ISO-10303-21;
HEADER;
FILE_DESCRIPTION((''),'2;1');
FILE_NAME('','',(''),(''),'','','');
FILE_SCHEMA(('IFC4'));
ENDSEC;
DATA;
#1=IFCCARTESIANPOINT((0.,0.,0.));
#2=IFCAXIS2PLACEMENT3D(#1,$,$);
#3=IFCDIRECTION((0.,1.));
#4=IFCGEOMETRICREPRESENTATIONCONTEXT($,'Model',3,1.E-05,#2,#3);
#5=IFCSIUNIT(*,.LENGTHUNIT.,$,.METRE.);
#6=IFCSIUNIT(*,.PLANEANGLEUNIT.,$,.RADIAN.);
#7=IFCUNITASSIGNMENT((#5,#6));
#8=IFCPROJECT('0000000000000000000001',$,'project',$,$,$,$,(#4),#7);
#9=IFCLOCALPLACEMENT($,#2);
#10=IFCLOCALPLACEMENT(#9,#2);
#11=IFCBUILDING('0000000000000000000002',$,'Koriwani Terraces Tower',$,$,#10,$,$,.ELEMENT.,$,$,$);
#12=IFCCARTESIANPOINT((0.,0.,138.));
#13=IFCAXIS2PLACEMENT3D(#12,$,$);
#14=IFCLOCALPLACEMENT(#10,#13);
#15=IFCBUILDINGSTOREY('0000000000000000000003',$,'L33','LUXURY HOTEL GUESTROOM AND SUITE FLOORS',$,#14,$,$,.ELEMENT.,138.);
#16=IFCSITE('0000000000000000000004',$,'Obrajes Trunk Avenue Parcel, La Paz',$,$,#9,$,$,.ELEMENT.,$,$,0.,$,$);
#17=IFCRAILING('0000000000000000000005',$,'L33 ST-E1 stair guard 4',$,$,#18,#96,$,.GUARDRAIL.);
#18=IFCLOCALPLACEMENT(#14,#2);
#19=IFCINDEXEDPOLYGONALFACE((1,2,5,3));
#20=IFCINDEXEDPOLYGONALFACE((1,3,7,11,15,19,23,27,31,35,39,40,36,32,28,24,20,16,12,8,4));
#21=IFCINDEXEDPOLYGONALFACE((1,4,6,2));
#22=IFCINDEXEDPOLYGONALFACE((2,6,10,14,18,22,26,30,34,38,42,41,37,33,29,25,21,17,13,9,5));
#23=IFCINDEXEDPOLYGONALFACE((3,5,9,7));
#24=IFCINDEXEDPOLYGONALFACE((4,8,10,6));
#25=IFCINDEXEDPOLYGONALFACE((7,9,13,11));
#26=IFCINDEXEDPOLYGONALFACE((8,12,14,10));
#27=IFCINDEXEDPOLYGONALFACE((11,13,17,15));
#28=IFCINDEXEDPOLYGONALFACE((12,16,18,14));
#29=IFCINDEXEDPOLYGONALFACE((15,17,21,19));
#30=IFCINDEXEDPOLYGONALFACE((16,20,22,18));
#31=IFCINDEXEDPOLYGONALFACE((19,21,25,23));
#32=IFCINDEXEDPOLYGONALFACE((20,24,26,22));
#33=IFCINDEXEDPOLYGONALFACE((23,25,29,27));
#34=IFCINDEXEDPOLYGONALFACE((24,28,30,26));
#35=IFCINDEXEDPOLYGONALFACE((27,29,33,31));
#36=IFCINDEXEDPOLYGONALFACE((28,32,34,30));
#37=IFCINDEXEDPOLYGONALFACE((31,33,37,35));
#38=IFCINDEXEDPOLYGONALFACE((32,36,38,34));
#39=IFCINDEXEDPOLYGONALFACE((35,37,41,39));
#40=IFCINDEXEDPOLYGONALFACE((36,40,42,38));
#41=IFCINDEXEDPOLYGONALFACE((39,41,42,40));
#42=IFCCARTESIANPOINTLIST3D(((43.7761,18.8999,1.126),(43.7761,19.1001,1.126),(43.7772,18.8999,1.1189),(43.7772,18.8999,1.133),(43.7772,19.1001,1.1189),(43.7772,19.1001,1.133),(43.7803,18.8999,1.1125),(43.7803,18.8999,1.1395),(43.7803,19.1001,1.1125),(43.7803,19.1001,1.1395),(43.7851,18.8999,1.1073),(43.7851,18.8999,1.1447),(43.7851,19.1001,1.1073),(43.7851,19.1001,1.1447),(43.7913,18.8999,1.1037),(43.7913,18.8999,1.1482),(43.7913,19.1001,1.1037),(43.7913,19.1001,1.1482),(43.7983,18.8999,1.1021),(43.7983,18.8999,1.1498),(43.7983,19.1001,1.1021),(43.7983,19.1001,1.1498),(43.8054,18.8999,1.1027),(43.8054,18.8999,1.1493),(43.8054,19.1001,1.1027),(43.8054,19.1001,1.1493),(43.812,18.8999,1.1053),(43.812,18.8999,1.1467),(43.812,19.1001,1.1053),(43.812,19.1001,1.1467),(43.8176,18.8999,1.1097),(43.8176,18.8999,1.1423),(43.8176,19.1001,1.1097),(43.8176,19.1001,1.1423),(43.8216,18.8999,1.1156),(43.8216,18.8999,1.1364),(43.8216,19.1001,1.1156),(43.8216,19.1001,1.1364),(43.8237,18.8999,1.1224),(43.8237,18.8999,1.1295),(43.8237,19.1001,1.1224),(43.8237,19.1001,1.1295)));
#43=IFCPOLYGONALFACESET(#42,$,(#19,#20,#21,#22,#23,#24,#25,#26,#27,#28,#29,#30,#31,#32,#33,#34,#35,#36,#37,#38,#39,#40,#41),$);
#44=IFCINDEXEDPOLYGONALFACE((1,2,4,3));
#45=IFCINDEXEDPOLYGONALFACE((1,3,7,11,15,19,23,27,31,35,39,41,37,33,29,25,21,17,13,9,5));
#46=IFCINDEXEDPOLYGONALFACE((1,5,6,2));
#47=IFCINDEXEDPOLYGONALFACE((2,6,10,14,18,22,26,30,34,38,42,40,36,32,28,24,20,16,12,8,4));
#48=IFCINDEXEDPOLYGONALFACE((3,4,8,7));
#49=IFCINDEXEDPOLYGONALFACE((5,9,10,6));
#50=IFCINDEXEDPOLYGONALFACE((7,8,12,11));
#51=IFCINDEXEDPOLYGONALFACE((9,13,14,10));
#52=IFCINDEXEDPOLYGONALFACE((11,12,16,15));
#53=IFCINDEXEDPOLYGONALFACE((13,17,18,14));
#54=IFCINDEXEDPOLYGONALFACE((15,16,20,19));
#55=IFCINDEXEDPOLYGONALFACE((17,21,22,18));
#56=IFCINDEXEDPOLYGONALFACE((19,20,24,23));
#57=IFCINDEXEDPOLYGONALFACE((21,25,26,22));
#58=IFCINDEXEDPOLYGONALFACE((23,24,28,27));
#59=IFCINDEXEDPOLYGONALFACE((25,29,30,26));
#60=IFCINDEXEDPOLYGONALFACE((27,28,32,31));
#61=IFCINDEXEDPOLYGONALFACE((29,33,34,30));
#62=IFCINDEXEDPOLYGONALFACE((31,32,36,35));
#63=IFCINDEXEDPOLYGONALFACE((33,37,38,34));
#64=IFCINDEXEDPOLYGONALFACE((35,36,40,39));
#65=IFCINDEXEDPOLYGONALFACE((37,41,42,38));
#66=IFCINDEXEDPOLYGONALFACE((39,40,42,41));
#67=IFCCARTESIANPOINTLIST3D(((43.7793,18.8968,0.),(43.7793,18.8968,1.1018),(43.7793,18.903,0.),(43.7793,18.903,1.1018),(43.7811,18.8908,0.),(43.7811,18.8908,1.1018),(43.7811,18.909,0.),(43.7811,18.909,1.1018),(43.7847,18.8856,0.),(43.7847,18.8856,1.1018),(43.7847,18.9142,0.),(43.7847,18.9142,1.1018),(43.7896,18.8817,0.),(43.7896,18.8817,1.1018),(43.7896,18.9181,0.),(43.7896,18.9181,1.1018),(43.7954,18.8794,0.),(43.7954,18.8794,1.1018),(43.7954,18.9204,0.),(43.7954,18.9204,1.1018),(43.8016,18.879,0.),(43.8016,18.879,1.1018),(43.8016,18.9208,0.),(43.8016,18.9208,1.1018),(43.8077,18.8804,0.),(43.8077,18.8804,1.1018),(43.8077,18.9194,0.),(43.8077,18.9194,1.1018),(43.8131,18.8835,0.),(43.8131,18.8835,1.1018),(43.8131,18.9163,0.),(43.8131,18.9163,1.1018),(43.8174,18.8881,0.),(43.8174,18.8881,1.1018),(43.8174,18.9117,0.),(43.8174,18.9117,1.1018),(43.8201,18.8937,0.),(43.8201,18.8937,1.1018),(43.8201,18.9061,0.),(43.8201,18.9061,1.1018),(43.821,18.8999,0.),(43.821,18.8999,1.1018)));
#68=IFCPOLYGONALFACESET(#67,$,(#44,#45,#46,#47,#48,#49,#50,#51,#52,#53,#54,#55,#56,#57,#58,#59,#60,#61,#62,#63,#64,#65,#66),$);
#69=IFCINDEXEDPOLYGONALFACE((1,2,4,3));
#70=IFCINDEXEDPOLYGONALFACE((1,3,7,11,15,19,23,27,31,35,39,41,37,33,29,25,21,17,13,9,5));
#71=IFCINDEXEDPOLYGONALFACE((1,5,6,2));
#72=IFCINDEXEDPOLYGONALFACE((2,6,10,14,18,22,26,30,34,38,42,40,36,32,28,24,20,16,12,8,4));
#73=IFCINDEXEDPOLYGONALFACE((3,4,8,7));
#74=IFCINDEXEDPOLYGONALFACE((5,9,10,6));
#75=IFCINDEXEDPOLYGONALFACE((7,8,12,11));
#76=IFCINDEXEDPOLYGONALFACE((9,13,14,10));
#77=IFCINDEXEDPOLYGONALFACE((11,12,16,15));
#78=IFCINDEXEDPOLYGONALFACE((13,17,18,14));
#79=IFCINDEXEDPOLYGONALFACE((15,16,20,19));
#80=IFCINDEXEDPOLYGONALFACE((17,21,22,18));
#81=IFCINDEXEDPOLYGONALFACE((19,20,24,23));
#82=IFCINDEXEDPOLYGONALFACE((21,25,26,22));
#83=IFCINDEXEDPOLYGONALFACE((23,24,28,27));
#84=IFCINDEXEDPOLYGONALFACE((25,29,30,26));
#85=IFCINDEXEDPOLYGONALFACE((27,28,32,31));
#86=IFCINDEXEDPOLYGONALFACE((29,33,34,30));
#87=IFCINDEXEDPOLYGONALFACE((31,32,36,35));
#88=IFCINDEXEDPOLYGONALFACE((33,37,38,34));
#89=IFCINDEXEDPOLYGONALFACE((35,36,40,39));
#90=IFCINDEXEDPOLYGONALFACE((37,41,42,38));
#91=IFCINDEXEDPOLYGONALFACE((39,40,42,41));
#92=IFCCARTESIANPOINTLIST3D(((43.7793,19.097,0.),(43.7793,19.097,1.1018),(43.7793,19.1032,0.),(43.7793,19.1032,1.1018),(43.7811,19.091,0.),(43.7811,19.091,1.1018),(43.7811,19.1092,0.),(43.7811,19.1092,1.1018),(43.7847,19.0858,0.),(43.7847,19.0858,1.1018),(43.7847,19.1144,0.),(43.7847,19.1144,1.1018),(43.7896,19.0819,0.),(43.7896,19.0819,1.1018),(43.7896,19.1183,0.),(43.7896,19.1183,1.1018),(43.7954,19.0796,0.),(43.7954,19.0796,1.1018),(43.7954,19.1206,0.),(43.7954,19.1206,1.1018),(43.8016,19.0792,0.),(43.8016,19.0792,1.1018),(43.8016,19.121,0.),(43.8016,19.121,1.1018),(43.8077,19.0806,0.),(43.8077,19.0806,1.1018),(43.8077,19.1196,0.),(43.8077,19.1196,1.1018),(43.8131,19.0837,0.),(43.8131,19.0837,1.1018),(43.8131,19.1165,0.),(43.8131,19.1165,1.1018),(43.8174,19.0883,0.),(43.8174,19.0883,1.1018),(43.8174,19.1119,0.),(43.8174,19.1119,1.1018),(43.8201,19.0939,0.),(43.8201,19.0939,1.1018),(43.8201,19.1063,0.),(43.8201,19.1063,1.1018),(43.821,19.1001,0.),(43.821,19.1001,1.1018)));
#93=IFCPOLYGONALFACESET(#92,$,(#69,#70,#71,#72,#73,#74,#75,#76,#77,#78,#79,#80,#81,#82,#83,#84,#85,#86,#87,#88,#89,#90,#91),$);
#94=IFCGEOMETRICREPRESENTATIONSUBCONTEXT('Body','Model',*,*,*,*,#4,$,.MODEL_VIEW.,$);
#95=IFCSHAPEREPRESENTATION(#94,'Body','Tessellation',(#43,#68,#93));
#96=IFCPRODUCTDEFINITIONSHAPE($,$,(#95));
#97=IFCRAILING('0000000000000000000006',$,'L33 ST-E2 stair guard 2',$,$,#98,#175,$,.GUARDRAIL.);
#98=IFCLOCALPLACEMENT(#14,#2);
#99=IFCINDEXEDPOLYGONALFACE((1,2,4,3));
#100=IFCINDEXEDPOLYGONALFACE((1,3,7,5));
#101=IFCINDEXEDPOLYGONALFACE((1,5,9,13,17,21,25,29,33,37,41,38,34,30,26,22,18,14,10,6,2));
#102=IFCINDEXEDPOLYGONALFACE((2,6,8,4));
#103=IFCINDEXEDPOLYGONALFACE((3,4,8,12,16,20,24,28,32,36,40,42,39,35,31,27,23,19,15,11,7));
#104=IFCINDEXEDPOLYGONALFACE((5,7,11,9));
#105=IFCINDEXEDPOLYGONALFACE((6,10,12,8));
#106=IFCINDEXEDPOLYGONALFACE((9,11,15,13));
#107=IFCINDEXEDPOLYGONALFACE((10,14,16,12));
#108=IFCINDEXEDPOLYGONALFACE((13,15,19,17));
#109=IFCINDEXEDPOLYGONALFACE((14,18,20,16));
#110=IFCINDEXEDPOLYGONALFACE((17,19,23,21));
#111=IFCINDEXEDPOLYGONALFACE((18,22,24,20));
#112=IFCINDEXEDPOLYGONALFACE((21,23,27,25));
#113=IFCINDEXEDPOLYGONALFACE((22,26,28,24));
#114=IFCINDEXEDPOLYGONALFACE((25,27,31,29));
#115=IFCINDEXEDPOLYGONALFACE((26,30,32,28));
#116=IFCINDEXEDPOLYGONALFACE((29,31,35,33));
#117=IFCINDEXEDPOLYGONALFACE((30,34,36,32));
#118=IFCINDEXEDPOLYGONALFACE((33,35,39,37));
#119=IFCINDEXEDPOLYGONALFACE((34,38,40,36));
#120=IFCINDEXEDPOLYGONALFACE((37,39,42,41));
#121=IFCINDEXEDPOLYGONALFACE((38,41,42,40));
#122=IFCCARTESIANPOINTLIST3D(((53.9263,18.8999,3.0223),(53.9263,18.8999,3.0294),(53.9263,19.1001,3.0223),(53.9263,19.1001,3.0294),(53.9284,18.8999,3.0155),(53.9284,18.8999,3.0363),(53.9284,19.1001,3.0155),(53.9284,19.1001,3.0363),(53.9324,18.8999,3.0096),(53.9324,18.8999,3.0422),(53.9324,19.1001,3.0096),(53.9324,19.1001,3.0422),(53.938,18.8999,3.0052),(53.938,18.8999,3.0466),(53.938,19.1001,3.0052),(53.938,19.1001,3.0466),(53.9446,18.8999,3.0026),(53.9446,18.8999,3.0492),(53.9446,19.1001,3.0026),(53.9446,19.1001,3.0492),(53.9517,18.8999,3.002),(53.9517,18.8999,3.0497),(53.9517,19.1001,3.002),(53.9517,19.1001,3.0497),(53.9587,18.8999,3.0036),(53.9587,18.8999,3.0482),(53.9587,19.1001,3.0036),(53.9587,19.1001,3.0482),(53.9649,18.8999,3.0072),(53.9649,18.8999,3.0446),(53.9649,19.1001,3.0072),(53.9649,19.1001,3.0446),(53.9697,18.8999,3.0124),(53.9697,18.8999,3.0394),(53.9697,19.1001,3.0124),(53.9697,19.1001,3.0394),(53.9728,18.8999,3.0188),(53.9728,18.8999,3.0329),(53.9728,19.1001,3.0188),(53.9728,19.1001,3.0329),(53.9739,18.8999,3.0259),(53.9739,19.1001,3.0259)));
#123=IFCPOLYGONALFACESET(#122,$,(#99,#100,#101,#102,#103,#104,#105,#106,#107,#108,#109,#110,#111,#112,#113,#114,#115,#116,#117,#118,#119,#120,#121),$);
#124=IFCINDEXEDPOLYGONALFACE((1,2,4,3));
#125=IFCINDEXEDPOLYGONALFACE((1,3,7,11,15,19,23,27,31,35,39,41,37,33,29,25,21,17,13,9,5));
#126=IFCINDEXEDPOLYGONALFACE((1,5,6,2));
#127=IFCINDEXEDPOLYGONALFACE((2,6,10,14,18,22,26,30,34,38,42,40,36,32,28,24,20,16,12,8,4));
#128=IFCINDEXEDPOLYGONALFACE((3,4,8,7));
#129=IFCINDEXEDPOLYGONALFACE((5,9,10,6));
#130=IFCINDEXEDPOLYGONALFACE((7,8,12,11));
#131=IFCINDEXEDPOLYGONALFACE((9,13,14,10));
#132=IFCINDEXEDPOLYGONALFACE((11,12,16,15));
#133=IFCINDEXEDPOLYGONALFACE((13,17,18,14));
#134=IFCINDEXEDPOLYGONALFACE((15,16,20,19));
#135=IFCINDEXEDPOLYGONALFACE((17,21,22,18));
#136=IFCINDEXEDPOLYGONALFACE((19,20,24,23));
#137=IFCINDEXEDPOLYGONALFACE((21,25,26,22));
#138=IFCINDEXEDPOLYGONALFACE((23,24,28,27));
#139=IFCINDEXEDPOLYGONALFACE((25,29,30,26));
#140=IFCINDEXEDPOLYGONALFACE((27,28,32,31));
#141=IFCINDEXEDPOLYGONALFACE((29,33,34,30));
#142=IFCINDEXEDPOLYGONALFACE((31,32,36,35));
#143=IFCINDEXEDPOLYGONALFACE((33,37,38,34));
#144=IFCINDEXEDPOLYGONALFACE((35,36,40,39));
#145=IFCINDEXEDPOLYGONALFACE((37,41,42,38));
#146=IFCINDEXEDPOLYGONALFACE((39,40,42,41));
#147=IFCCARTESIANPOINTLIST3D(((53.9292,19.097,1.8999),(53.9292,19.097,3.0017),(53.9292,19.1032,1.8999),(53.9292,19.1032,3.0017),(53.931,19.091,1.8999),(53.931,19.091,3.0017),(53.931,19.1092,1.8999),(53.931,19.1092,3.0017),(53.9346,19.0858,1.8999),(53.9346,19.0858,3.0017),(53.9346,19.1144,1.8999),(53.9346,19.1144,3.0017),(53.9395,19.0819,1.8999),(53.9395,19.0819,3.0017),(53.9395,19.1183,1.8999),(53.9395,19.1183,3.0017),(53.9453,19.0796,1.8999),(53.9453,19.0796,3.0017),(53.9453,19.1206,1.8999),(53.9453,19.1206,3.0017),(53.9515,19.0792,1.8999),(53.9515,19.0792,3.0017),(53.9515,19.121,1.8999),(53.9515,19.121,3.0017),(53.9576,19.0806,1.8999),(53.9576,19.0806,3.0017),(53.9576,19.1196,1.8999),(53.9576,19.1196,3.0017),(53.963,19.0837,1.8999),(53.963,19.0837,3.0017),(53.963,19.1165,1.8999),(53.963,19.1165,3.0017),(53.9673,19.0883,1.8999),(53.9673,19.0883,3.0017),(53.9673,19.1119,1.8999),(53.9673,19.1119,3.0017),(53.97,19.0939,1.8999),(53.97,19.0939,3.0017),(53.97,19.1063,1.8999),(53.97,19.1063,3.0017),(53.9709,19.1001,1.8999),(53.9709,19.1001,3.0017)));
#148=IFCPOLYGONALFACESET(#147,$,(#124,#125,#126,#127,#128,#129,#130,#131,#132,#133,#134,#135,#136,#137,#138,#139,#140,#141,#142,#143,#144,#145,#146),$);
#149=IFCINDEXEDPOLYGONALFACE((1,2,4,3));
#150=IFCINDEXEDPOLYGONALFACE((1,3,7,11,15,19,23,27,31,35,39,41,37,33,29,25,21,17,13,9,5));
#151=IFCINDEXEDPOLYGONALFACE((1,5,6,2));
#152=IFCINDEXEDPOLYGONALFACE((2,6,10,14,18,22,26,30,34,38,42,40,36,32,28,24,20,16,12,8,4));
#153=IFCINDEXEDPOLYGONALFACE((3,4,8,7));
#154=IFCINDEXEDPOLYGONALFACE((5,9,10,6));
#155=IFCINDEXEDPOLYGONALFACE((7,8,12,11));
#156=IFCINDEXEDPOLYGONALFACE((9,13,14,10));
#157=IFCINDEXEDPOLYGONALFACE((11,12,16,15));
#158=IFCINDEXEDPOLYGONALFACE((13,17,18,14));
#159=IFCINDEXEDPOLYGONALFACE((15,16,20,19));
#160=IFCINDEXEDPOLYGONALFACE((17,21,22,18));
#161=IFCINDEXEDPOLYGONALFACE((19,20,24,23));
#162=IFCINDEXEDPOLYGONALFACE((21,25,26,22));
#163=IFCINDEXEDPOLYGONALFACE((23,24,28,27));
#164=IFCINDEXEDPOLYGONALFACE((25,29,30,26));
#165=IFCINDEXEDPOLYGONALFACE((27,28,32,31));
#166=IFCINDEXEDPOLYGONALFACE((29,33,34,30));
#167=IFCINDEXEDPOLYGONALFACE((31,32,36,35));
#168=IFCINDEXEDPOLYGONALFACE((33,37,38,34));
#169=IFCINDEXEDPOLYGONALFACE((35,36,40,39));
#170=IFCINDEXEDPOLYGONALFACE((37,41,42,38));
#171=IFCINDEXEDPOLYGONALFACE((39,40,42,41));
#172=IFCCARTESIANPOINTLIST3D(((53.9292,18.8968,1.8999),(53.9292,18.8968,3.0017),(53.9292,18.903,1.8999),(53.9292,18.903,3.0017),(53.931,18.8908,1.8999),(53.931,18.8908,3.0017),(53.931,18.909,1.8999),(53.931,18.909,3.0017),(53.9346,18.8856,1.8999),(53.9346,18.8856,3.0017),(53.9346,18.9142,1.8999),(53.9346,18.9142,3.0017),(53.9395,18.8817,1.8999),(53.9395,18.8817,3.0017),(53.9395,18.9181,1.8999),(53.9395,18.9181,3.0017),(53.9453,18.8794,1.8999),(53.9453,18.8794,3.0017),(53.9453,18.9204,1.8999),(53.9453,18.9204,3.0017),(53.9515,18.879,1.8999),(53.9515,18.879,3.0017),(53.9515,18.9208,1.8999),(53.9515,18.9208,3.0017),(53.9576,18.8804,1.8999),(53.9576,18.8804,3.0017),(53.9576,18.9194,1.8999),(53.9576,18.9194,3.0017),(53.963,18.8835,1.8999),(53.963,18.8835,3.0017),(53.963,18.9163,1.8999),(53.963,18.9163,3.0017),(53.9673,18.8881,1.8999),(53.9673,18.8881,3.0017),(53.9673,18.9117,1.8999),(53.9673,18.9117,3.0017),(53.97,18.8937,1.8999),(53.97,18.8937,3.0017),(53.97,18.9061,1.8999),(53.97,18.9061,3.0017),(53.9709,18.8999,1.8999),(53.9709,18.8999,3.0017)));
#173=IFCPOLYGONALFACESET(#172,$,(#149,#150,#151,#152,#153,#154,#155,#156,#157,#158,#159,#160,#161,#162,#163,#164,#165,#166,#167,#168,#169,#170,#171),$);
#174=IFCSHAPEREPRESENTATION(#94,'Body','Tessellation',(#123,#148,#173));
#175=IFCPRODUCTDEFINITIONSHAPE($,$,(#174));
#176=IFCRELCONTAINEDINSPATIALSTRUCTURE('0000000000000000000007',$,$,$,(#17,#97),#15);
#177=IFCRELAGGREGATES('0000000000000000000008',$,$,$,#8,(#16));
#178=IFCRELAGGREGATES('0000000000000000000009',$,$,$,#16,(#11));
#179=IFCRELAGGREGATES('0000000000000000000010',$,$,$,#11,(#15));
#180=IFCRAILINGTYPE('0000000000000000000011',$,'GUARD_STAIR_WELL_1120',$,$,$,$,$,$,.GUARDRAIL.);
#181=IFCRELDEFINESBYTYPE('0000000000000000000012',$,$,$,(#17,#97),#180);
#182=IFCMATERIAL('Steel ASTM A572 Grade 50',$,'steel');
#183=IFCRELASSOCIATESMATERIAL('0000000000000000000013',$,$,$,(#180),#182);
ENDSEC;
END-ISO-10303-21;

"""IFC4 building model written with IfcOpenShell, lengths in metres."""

from ifc_helpers import new_model, si_unit, direction, frame, origin, origin_2d, place, context, subcontext, project, spatial, circle, extrude, material, type_object, element, save


model = new_model("IFC4")

# Units and contexts
model_context = context("Model", 3, precision=1e-05, world=origin(), true_north=direction((0.0, 1.0)))
body_context = subcontext(model_context, "Body", "Model", "MODEL_VIEW")
ifc_project = project(units=[si_unit("LENGTHUNIT", "METRE"), si_unit("PLANEANGLEUNIT", "RADIAN")], contexts=[model_context])

# Site, building, storey
site_placement = place(None, origin())
site = spatial("IfcSite", under=ifc_project, at=site_placement, Name="Obrajes Trunk Avenue Parcel, La Paz", CompositionType="ELEMENT", RefElevation=0.0)
building_placement = place(site_placement, origin())
building = spatial("IfcBuilding", under=site, at=building_placement, Name="Koriwani Terraces Tower", CompositionType="ELEMENT")
storey_placement = place(building_placement, frame((0.0, 0.0, 138.0)))
storey = spatial("IfcBuildingStorey", under=building, at=storey_placement, Name="L33", Description="LUXURY HOTEL GUESTROOM AND SUITE FLOORS", CompositionType="ELEMENT", Elevation=138.0)

# Shared definitions
ifc_material_1 = material(Name="Steel ASTM A572 Grade 50", Category="steel")

# Railings
railing_type_1 = type_object("IfcRailingType", Name="GUARD_STAIR_WELL_1120", PredefinedType="GUARDRAIL", material=ifc_material_1)
railing_1_placement = place(storey_placement, frame((43.8, 18.8999, 0.0)))
element("IfcRailing", 1, at=railing_1_placement, inside=storey, type_object=railing_type_1, Name="L33 ST-E1 stair guard 4", PredefinedType="GUARDRAIL", context=body_context, shape_type="SweptSolid", body=[
    extrude(circle(Radius=0.0239, at=origin_2d()), frame((0.0, 0.0, 1.126), z_axis=(0.0, 1.0, 0.0), x_axis=(-1.0, 0.0, 0.0)), (0.0, 0.0, 1.0), 0.2002),
    extrude(circle(Radius=0.021, at=origin_2d()), origin(), (0.0, 0.0, 1.0), 1.1018),
    extrude(circle(Radius=0.021, at=origin_2d()), frame((0.0, 0.2002, 0.0)), (0.0, 0.0, 1.0), 1.1018),
])
railing_2_placement = place(storey_placement, frame((53.95, 19.1001, 1.8999)))
element("IfcRailing", 2, at=railing_2_placement, inside=storey, type_object=railing_type_1, Name="L33 ST-E2 stair guard 2", PredefinedType="GUARDRAIL", context=body_context, shape_type="SweptSolid", body=[
    extrude(circle(Radius=0.0239, at=origin_2d()), frame((0.0, 0.0, 1.126), z_axis=(0.0, -1.0, 0.0), x_axis=(1.0, 0.0, 0.0)), (0.0, 0.0, 1.0), 0.2002),
    extrude(circle(Radius=0.021, at=origin_2d()), origin(), (0.0, 0.0, 1.0), 1.1018),
    extrude(circle(Radius=0.021, at=origin_2d()), frame((0.0, -0.2002, 0.0)), (0.0, 0.0, 1.0), 1.1018),
])

save(model, "model.ifc")
